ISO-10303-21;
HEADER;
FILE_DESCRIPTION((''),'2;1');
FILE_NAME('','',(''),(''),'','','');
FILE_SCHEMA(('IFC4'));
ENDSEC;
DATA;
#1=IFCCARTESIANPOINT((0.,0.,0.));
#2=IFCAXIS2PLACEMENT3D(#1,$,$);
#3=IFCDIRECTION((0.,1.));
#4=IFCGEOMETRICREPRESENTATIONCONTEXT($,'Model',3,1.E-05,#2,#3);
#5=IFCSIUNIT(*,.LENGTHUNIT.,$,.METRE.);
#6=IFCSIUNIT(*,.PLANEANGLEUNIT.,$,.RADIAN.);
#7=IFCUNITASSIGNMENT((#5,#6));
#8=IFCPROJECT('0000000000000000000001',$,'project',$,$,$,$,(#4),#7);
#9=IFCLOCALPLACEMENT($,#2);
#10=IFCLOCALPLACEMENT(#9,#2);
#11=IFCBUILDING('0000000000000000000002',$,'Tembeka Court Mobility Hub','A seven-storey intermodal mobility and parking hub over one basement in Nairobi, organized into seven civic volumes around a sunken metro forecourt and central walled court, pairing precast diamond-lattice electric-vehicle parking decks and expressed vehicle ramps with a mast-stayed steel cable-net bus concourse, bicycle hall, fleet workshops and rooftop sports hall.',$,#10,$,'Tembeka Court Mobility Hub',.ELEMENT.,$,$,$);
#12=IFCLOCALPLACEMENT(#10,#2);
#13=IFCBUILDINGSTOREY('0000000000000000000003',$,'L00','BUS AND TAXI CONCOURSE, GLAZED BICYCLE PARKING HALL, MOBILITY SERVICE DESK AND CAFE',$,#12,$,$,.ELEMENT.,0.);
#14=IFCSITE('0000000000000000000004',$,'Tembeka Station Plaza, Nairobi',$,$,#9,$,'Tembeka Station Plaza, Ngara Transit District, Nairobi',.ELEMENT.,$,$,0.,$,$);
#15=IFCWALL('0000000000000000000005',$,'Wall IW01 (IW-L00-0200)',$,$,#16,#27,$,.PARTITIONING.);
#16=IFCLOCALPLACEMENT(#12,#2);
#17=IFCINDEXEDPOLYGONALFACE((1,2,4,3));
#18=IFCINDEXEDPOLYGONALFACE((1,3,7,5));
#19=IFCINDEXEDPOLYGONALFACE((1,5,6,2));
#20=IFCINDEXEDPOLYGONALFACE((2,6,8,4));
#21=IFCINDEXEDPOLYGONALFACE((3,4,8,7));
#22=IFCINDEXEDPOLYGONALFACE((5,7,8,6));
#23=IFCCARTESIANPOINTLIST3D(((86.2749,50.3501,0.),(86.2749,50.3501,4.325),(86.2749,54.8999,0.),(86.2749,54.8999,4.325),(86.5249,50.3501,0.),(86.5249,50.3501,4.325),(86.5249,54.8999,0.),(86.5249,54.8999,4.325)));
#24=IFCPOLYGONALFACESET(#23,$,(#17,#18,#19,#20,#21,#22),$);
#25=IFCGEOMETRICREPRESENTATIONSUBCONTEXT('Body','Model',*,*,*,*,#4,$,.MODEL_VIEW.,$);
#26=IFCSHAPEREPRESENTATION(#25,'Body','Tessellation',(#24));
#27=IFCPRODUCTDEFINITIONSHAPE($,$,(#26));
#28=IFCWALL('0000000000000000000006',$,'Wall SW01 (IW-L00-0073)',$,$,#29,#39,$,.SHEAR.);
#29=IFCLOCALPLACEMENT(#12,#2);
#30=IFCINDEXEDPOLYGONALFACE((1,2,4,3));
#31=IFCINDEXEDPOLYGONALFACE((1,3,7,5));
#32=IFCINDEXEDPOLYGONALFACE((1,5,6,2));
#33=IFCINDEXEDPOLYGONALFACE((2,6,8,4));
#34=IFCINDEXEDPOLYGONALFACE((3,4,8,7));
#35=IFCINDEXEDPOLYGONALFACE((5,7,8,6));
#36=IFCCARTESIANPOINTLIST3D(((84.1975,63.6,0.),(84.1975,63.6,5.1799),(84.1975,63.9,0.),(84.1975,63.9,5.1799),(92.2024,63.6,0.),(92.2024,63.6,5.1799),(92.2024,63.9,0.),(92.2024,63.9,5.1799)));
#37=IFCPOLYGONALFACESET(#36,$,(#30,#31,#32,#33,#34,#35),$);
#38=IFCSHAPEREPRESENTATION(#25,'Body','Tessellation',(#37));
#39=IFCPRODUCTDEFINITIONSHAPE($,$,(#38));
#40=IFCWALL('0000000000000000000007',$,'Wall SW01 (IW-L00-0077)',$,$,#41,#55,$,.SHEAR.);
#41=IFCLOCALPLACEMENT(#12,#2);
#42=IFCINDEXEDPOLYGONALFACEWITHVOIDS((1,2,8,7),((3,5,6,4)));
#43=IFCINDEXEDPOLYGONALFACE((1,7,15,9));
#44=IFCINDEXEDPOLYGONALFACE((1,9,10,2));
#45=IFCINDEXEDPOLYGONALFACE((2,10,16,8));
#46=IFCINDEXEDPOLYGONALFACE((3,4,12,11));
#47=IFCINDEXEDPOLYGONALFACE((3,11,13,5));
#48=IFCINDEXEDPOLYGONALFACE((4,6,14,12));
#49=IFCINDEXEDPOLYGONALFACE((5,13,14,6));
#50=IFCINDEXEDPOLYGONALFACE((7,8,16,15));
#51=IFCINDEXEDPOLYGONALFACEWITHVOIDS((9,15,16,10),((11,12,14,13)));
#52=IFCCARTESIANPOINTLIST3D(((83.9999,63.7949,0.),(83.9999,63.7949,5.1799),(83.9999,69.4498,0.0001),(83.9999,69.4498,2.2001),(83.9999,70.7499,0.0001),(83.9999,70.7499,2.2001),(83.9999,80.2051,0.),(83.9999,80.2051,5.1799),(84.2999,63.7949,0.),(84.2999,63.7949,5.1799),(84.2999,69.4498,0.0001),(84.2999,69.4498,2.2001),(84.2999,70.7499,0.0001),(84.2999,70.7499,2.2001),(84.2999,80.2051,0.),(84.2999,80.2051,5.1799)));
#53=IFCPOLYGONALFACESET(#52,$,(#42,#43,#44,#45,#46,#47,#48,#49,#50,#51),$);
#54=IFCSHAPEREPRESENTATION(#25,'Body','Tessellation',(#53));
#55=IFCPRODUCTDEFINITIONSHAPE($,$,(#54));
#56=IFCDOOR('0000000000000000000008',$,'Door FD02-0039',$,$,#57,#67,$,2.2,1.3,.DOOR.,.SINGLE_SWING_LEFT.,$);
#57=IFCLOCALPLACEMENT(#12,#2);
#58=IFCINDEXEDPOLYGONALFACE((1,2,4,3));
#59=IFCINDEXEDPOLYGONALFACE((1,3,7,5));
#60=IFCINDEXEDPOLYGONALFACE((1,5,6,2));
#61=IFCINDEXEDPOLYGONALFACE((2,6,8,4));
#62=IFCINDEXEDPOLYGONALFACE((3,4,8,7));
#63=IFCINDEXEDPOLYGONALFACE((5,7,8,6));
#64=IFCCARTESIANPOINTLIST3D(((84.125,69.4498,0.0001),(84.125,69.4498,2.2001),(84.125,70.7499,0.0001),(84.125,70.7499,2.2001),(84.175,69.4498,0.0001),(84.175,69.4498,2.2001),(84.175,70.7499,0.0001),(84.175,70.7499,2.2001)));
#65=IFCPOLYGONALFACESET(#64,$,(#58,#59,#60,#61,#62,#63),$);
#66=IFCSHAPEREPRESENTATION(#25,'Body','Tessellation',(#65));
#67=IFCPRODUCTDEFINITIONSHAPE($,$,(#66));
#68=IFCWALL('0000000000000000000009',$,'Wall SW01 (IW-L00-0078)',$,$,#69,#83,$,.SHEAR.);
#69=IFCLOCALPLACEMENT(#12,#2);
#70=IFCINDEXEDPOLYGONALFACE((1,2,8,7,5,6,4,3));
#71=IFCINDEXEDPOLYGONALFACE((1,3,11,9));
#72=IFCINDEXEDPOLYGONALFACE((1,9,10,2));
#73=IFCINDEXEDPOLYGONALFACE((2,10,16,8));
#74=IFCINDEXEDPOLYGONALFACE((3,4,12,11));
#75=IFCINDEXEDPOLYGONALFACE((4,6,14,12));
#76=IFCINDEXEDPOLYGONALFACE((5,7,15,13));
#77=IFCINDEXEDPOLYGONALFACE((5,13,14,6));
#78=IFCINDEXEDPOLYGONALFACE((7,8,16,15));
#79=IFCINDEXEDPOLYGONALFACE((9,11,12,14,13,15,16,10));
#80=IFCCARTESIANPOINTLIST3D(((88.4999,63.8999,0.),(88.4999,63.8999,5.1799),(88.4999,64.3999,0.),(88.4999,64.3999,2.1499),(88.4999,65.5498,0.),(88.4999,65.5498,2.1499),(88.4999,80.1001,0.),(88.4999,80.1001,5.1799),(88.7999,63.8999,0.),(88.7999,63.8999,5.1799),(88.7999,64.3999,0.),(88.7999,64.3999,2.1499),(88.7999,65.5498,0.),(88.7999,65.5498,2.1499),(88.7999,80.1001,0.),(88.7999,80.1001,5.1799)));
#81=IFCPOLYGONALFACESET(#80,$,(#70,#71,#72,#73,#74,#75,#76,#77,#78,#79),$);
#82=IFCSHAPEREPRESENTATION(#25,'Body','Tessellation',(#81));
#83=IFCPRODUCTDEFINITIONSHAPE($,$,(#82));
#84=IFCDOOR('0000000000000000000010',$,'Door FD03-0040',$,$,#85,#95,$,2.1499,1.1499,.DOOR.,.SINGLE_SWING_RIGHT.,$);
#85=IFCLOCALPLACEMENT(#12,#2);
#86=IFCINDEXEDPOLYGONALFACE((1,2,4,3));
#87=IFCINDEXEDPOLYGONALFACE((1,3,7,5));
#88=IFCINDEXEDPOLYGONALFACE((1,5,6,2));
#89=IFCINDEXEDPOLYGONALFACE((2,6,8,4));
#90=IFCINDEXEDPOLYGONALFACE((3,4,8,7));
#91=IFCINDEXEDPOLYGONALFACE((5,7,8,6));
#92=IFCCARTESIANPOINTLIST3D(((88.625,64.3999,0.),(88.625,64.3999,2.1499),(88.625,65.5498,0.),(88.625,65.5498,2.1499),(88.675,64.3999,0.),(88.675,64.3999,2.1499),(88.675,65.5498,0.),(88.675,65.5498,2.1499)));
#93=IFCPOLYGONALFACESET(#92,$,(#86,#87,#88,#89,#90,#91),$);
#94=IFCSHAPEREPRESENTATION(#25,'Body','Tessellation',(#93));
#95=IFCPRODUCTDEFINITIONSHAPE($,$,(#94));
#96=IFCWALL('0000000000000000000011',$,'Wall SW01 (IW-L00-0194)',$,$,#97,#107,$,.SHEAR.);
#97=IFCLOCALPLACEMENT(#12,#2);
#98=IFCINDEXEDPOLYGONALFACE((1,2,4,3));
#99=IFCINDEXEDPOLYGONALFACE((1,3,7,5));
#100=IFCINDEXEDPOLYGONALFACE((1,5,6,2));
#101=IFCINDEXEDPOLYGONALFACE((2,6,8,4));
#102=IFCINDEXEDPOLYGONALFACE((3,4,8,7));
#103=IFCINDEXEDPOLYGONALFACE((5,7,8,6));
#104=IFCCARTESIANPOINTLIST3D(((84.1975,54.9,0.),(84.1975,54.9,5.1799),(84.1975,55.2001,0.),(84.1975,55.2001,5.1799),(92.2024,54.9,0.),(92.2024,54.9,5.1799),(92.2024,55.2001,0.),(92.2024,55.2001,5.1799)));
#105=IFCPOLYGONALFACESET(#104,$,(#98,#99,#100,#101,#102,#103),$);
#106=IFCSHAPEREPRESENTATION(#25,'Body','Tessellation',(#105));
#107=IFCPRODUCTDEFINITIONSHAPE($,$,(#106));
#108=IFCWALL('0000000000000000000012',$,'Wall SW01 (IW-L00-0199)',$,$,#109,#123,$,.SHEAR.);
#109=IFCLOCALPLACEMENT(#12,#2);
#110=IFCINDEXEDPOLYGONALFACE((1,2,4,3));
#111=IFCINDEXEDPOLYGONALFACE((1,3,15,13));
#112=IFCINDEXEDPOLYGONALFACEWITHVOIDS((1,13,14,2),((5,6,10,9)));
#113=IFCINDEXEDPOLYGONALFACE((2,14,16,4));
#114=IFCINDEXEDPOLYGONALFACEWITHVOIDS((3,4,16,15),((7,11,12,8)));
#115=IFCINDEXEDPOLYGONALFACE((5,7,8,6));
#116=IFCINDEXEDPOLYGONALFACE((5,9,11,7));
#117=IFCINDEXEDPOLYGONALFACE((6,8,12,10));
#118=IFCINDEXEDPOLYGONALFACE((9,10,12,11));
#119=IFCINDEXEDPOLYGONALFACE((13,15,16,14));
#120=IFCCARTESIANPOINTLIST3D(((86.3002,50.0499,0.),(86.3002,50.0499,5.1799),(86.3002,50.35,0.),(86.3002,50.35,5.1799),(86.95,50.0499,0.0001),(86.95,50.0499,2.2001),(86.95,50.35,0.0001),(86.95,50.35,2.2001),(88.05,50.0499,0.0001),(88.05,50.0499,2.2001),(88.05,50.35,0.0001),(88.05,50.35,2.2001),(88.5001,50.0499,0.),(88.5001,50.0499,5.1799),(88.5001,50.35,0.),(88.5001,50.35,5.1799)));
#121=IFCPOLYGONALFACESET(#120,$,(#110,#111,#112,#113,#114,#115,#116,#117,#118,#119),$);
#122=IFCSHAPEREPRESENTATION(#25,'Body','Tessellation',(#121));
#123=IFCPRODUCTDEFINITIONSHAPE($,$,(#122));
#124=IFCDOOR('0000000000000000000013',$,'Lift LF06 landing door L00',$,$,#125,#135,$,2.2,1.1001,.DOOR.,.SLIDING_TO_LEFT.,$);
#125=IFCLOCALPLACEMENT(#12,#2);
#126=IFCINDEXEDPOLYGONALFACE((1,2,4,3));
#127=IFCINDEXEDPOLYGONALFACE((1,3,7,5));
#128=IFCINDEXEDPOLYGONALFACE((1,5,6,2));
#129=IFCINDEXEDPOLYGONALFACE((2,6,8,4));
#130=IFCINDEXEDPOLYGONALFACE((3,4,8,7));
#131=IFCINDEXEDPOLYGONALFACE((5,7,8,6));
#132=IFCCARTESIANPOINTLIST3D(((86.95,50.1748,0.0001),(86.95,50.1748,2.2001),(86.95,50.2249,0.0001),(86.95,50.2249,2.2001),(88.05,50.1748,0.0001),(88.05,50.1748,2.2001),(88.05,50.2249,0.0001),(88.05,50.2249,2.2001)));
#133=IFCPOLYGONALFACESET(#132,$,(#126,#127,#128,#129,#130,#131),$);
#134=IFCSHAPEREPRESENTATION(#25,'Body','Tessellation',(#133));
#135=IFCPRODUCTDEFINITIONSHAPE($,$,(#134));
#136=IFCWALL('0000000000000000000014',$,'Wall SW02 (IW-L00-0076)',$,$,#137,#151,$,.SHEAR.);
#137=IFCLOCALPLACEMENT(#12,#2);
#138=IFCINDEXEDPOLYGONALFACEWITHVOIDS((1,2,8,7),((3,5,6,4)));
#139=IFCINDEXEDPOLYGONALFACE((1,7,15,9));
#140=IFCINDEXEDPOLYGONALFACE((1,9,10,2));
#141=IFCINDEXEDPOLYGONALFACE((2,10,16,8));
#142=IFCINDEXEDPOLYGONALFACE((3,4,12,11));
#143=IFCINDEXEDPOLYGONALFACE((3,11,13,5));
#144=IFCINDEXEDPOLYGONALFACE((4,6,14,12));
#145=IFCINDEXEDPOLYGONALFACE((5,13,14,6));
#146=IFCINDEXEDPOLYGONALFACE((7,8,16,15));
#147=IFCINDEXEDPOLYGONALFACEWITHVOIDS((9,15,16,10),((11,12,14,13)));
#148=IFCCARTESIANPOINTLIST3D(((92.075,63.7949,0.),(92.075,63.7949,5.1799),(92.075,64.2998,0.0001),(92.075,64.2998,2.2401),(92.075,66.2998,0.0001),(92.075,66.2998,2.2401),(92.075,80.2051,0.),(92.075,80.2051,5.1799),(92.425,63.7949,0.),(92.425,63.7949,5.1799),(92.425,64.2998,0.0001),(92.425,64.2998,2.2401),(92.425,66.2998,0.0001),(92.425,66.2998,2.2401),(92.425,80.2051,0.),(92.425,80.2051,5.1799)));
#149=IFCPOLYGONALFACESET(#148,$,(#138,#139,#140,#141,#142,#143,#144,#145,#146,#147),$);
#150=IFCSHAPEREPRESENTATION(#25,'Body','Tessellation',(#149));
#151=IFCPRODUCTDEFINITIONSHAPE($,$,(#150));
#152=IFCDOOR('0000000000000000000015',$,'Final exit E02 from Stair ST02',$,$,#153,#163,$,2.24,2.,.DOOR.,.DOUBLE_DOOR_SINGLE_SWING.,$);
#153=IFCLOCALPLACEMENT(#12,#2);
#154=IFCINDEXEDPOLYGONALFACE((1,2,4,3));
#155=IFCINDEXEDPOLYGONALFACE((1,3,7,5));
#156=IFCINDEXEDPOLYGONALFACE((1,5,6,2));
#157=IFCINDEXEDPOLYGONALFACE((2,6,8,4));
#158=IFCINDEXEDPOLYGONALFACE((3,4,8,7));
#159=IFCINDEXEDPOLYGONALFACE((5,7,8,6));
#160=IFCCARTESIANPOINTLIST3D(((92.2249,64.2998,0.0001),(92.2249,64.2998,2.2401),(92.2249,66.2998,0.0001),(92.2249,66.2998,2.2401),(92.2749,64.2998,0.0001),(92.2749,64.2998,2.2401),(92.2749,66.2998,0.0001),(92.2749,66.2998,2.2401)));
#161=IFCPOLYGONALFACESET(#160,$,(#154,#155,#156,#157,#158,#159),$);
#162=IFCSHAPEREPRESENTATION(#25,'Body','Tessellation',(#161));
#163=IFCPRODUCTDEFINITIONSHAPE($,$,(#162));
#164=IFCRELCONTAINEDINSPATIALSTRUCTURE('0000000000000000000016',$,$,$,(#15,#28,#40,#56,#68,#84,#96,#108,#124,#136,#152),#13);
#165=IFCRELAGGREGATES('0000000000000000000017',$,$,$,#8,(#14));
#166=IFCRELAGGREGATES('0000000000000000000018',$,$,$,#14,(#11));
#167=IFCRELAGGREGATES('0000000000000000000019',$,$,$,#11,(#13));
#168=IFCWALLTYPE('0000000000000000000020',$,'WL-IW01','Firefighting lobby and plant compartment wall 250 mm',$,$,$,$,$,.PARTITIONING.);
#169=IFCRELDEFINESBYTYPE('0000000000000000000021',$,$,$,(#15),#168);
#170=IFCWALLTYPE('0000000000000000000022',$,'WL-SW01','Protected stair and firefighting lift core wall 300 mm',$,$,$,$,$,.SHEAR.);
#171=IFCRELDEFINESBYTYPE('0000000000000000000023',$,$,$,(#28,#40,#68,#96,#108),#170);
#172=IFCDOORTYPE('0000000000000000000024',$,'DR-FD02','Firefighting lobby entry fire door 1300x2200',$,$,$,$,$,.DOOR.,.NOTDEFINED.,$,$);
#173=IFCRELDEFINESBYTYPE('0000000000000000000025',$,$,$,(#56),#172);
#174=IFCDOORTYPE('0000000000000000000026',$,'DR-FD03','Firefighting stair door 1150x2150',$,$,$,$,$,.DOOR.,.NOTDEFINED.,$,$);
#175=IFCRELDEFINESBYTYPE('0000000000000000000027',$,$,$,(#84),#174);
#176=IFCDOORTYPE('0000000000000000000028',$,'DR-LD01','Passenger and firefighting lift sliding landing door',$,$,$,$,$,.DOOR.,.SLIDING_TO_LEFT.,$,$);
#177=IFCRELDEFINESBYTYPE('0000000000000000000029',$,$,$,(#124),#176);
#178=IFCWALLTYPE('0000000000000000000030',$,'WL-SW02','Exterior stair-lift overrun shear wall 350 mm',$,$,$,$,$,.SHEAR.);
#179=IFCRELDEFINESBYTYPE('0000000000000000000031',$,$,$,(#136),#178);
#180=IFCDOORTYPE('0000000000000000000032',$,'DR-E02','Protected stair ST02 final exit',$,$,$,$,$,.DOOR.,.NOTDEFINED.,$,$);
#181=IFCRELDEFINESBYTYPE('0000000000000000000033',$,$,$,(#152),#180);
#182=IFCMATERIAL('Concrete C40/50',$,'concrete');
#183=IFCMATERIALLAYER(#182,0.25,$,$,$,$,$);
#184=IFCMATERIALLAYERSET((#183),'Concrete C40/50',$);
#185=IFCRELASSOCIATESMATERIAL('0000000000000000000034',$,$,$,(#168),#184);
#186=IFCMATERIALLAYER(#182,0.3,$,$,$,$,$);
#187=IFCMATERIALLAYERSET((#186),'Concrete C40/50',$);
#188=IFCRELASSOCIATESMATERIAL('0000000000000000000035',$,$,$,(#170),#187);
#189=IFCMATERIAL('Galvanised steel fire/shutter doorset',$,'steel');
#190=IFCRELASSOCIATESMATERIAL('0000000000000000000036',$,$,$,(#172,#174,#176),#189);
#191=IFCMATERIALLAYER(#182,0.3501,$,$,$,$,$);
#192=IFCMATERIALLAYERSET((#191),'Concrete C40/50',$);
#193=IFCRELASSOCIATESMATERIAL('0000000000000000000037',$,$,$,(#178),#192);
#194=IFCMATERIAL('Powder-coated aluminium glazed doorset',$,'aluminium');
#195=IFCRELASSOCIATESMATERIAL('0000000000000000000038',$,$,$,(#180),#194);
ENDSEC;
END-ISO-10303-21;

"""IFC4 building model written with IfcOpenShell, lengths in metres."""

from ifc_helpers import new_model, si_unit, direction, frame, frame_2d, origin, place, context, subcontext, project, spatial, rectangle, extrude, material, layer, layer_set, type_object, element, fill, save


model = new_model("IFC4")

# Units and contexts
model_context = context("Model", 3, precision=1e-05, world=origin(), true_north=direction((0.0, 1.0)))
body_context = subcontext(model_context, "Body", "Model", "MODEL_VIEW")
ifc_project = project(units=[si_unit("LENGTHUNIT", "METRE"), si_unit("PLANEANGLEUNIT", "RADIAN")], contexts=[model_context])

# Site, building, storey
site_placement = place(None, origin())
site = spatial("IfcSite", under=ifc_project, at=site_placement, Name="Tembeka Station Plaza, Nairobi", LongName="Tembeka Station Plaza, Ngara Transit District, Nairobi", CompositionType="ELEMENT", RefElevation=0.0)
building_placement = place(site_placement, origin())
building = spatial("IfcBuilding", under=site, at=building_placement, Name="Tembeka Court Mobility Hub", Description="A seven-storey intermodal mobility and parking hub over one basement in Nairobi, organized into seven civic volumes around a sunken metro forecourt and central walled court, pairing precast diamond-lattice electric-vehicle parking decks and expressed vehicle ramps with a mast-stayed steel cable-net bus concourse, bicycle hall, fleet workshops and rooftop sports hall.", LongName="Tembeka Court Mobility Hub", CompositionType="ELEMENT")
storey_placement = place(building_placement, origin())
storey = spatial("IfcBuildingStorey", under=building, at=storey_placement, Name="L00", Description="BUS AND TAXI CONCOURSE, GLAZED BICYCLE PARKING HALL, MOBILITY SERVICE DESK AND CAFE", CompositionType="ELEMENT", Elevation=0.0)

# Walls
ifc_material_1 = material(Name="Concrete C40/50", Category="concrete")
ifc_layer_1 = layer(ifc_material_1, 0.25)
ifc_layer_set_1 = layer_set([ifc_layer_1], Name="Concrete C40/50")
wall_type_1 = type_object("IfcWallType", Name="WL-IW01", Description="Firefighting lobby and plant compartment wall 250 mm", PredefinedType="PARTITIONING", material=ifc_layer_set_1)
wall_1_placement = place(storey_placement, frame((86.3999, 50.3501, 0.0), z_axis=(0.0, 0.0, 1.0), x_axis=(0.0, 1.0, 0.0)))
element("IfcWall", 1, at=wall_1_placement, inside=storey, type_object=wall_type_1, Name="Wall IW01 (IW-L00-0200)", PredefinedType="PARTITIONING", context=body_context, shape_type="SweptSolid", body=[
    extrude(rectangle(XDim=4.5498, YDim=0.25, at=frame_2d((2.2749, 0.0))), origin(), (0.0, 0.0, 1.0), 4.325),
])
ifc_layer_2 = layer(ifc_material_1, 0.3)
ifc_layer_set_2 = layer_set([ifc_layer_2], Name="Concrete C40/50")
wall_type_2 = type_object("IfcWallType", Name="WL-SW01", Description="Protected stair and firefighting lift core wall 300 mm", PredefinedType="SHEAR", material=ifc_layer_set_2)
wall_2_placement = place(storey_placement, frame((84.1975, 63.75, 0.0), z_axis=(0.0, 0.0, 1.0), x_axis=(1.0, 0.0, 0.0)))
element("IfcWall", 2, at=wall_2_placement, inside=storey, type_object=wall_type_2, Name="Wall SW01 (IW-L00-0073)", PredefinedType="SHEAR", context=body_context, shape_type="SweptSolid", body=[
    extrude(rectangle(XDim=8.0049, YDim=0.3, at=frame_2d((4.0024, 0.0))), origin(), (0.0, 0.0, 1.0), 5.1799),
])

# Walls, openings, doors
wall_3_placement = place(storey_placement, frame((84.1499, 63.7949, 0.0), z_axis=(0.0, 0.0, 1.0), x_axis=(0.0, 1.0, 0.0)))
wall_3 = element("IfcWall", 3, at=wall_3_placement, inside=storey, type_object=wall_type_2, Name="Wall SW01 (IW-L00-0077)", PredefinedType="SHEAR", context=body_context, shape_type="SweptSolid", body=[
    extrude(rectangle(XDim=16.4102, YDim=0.3, at=frame_2d((8.2051, 0.0))), origin(), (0.0, 0.0, 1.0), 5.1799),
])
opening_1_placement = place(wall_3_placement, frame((5.655, 0.0, 0.0)))
opening_1 = element("IfcOpeningElement", 4, at=opening_1_placement, cuts=wall_3, PredefinedType="OPENING", context=body_context, shape_type="SweptSolid", body=[
    extrude(rectangle(XDim=1.3, YDim=2.2, at=frame_2d((0.6499, 1.1001))), frame((0.0, 0.1602, 0.0), z_axis=(0.0, -1.0, 0.0), x_axis=(1.0, 0.0, 0.0)), (0.0, 0.0, 1.0), 0.3201),
])
ifc_material_2 = material(Name="Galvanised steel fire/shutter doorset", Category="steel")
door_type_1 = type_object("IfcDoorType", Name="DR-FD02", Description="Firefighting lobby entry fire door 1300x2200", OperationType="NOTDEFINED", PredefinedType="DOOR", material=ifc_material_2)
door_1_placement = place(opening_1_placement, origin())
door_1 = element("IfcDoor", 5, at=door_1_placement, inside=storey, type_object=door_type_1, Name="Door FD02-0039", OperationType="SINGLE_SWING_LEFT", OverallHeight=2.2, OverallWidth=1.3, PredefinedType="DOOR", context=body_context, shape_type="SweptSolid", body=[
    extrude(rectangle(XDim=1.3, YDim=2.2, at=frame_2d((0.6499, 1.1001))), frame((0.0, 0.0249, 0.0), z_axis=(0.0, -1.0, 0.0), x_axis=(1.0, 0.0, 0.0)), (0.0, 0.0, 1.0), 0.05),
])
fill(opening_1, door_1)
wall_4_placement = place(storey_placement, frame((88.6499, 63.8999, 0.0), z_axis=(0.0, 0.0, 1.0), x_axis=(0.0, 1.0, 0.0)))
wall_4 = element("IfcWall", 6, at=wall_4_placement, inside=storey, type_object=wall_type_2, Name="Wall SW01 (IW-L00-0078)", PredefinedType="SHEAR", context=body_context, shape_type="SweptSolid", body=[
    extrude(rectangle(XDim=16.2002, YDim=0.3, at=frame_2d((8.1001, 0.0))), origin(), (0.0, 0.0, 1.0), 5.1799),
])
opening_2_placement = place(wall_4_placement, frame((0.5, 0.0, 0.0)))
opening_2 = element("IfcOpeningElement", 7, at=opening_2_placement, cuts=wall_4, PredefinedType="OPENING", context=body_context, shape_type="SweptSolid", body=[
    extrude(rectangle(XDim=1.1499, YDim=2.1499, at=frame_2d((0.575, 1.075))), frame((0.0, 0.1602, 0.0), z_axis=(0.0, -1.0, 0.0), x_axis=(1.0, 0.0, 0.0)), (0.0, 0.0, 1.0), 0.3201),
])
door_type_2 = type_object("IfcDoorType", Name="DR-FD03", Description="Firefighting stair door 1150x2150", OperationType="NOTDEFINED", PredefinedType="DOOR", material=ifc_material_2)
door_2_placement = place(opening_2_placement, origin())
door_2 = element("IfcDoor", 8, at=door_2_placement, inside=storey, type_object=door_type_2, Name="Door FD03-0040", OperationType="SINGLE_SWING_RIGHT", OverallHeight=2.1499, OverallWidth=1.1499, PredefinedType="DOOR", context=body_context, shape_type="SweptSolid", body=[
    extrude(rectangle(XDim=1.1499, YDim=2.1499, at=frame_2d((0.575, 1.075))), frame((0.0, 0.0249, 0.0), z_axis=(0.0, -1.0, 0.0), x_axis=(1.0, 0.0, 0.0)), (0.0, 0.0, 1.0), 0.05),
])
fill(opening_2, door_2)

# Wall
wall_5_placement = place(storey_placement, frame((84.1975, 55.05, 0.0), z_axis=(0.0, 0.0, 1.0), x_axis=(1.0, 0.0, 0.0)))
element("IfcWall", 9, at=wall_5_placement, inside=storey, type_object=wall_type_2, Name="Wall SW01 (IW-L00-0194)", PredefinedType="SHEAR", context=body_context, shape_type="SweptSolid", body=[
    extrude(rectangle(XDim=8.0049, YDim=0.3, at=frame_2d((4.0024, 0.0))), origin(), (0.0, 0.0, 1.0), 5.1799),
])

# Walls, openings, doors
wall_6_placement = place(storey_placement, frame((86.3, 50.2, 0.0), z_axis=(0.0, 0.0, 1.0), x_axis=(1.0, 0.0, 0.0)))
wall_6 = element("IfcWall", 10, at=wall_6_placement, inside=storey, type_object=wall_type_2, Name="Wall SW01 (IW-L00-0199)", PredefinedType="SHEAR", context=body_context, shape_type="SweptSolid", body=[
    extrude(rectangle(XDim=2.2, YDim=0.3, at=frame_2d((1.1001, 0.0))), origin(), (0.0, 0.0, 1.0), 5.1799),
])
opening_3_placement = place(wall_6_placement, frame((0.6499, 0.0, 0.0)))
opening_3 = element("IfcOpeningElement", 11, at=opening_3_placement, cuts=wall_6, PredefinedType="OPENING", context=body_context, shape_type="SweptSolid", body=[
    extrude(rectangle(XDim=1.1001, YDim=2.2, at=frame_2d((0.55, 1.1001))), frame((0.0, 0.1602, 0.0), z_axis=(0.0, -1.0, 0.0), x_axis=(1.0, 0.0, 0.0)), (0.0, 0.0, 1.0), 0.3201),
])
door_type_3 = type_object("IfcDoorType", Name="DR-LD01", Description="Passenger and firefighting lift sliding landing door", OperationType="SLIDING_TO_LEFT", PredefinedType="DOOR", material=ifc_material_2)
door_3_placement = place(opening_3_placement, origin())
door_3 = element("IfcDoor", 12, at=door_3_placement, inside=storey, type_object=door_type_3, Name="Lift LF06 landing door L00", OperationType="SLIDING_TO_LEFT", OverallHeight=2.2, OverallWidth=1.1001, PredefinedType="DOOR", context=body_context, shape_type="SweptSolid", body=[
    extrude(rectangle(XDim=1.1001, YDim=2.2, at=frame_2d((0.55, 1.1001))), frame((0.0, 0.0249, 0.0), z_axis=(0.0, -1.0, 0.0), x_axis=(1.0, 0.0, 0.0)), (0.0, 0.0, 1.0), 0.05),
])
fill(opening_3, door_3)
ifc_layer_3 = layer(ifc_material_1, 0.3501)
ifc_layer_set_3 = layer_set([ifc_layer_3], Name="Concrete C40/50")
wall_type_3 = type_object("IfcWallType", Name="WL-SW02", Description="Exterior stair-lift overrun shear wall 350 mm", PredefinedType="SHEAR", material=ifc_layer_set_3)
wall_7_placement = place(storey_placement, frame((92.25, 63.7949, 0.0), z_axis=(0.0, 0.0, 1.0), x_axis=(0.0, 1.0, 0.0)))
wall_7 = element("IfcWall", 13, at=wall_7_placement, inside=storey, type_object=wall_type_3, Name="Wall SW02 (IW-L00-0076)", PredefinedType="SHEAR", context=body_context, shape_type="SweptSolid", body=[
    extrude(rectangle(XDim=16.4102, YDim=0.3501, at=frame_2d((8.2051, 0.0))), origin(), (0.0, 0.0, 1.0), 5.1799),
])
opening_4_placement = place(wall_7_placement, frame((0.5049, 0.0, 0.0)))
opening_4 = element("IfcOpeningElement", 14, at=opening_4_placement, cuts=wall_7, PredefinedType="OPENING", context=body_context, shape_type="SweptSolid", body=[
    extrude(rectangle(XDim=2.0, YDim=2.24, at=frame_2d((1.0, 1.1201))), frame((0.0, 0.1851, 0.0), z_axis=(0.0, -1.0, 0.0), x_axis=(1.0, 0.0, 0.0)), (0.0, 0.0, 1.0), 0.3701),
])
ifc_material_3 = material(Name="Powder-coated aluminium glazed doorset", Category="aluminium")
door_type_4 = type_object("IfcDoorType", Name="DR-E02", Description="Protected stair ST02 final exit", OperationType="NOTDEFINED", PredefinedType="DOOR", material=ifc_material_3)
door_4_placement = place(opening_4_placement, frame((2.0, 0.0, 0.0), z_axis=(0.0, 0.0, 1.0), x_axis=(-1.0, 0.0, 0.0)))
door_4 = element("IfcDoor", 15, at=door_4_placement, inside=storey, type_object=door_type_4, Name="Final exit E02 from Stair ST02", OperationType="DOUBLE_DOOR_SINGLE_SWING", OverallHeight=2.24, OverallWidth=2.0, PredefinedType="DOOR", context=body_context, shape_type="SweptSolid", body=[
    extrude(rectangle(XDim=2.0, YDim=2.24, at=frame_2d((1.0, 1.1201))), frame((0.0, 0.0249, 0.0), z_axis=(0.0, -1.0, 0.0), x_axis=(1.0, 0.0, 0.0)), (0.0, 0.0, 1.0), 0.05),
])
fill(opening_4, door_4)

save(model, "model.ifc")
